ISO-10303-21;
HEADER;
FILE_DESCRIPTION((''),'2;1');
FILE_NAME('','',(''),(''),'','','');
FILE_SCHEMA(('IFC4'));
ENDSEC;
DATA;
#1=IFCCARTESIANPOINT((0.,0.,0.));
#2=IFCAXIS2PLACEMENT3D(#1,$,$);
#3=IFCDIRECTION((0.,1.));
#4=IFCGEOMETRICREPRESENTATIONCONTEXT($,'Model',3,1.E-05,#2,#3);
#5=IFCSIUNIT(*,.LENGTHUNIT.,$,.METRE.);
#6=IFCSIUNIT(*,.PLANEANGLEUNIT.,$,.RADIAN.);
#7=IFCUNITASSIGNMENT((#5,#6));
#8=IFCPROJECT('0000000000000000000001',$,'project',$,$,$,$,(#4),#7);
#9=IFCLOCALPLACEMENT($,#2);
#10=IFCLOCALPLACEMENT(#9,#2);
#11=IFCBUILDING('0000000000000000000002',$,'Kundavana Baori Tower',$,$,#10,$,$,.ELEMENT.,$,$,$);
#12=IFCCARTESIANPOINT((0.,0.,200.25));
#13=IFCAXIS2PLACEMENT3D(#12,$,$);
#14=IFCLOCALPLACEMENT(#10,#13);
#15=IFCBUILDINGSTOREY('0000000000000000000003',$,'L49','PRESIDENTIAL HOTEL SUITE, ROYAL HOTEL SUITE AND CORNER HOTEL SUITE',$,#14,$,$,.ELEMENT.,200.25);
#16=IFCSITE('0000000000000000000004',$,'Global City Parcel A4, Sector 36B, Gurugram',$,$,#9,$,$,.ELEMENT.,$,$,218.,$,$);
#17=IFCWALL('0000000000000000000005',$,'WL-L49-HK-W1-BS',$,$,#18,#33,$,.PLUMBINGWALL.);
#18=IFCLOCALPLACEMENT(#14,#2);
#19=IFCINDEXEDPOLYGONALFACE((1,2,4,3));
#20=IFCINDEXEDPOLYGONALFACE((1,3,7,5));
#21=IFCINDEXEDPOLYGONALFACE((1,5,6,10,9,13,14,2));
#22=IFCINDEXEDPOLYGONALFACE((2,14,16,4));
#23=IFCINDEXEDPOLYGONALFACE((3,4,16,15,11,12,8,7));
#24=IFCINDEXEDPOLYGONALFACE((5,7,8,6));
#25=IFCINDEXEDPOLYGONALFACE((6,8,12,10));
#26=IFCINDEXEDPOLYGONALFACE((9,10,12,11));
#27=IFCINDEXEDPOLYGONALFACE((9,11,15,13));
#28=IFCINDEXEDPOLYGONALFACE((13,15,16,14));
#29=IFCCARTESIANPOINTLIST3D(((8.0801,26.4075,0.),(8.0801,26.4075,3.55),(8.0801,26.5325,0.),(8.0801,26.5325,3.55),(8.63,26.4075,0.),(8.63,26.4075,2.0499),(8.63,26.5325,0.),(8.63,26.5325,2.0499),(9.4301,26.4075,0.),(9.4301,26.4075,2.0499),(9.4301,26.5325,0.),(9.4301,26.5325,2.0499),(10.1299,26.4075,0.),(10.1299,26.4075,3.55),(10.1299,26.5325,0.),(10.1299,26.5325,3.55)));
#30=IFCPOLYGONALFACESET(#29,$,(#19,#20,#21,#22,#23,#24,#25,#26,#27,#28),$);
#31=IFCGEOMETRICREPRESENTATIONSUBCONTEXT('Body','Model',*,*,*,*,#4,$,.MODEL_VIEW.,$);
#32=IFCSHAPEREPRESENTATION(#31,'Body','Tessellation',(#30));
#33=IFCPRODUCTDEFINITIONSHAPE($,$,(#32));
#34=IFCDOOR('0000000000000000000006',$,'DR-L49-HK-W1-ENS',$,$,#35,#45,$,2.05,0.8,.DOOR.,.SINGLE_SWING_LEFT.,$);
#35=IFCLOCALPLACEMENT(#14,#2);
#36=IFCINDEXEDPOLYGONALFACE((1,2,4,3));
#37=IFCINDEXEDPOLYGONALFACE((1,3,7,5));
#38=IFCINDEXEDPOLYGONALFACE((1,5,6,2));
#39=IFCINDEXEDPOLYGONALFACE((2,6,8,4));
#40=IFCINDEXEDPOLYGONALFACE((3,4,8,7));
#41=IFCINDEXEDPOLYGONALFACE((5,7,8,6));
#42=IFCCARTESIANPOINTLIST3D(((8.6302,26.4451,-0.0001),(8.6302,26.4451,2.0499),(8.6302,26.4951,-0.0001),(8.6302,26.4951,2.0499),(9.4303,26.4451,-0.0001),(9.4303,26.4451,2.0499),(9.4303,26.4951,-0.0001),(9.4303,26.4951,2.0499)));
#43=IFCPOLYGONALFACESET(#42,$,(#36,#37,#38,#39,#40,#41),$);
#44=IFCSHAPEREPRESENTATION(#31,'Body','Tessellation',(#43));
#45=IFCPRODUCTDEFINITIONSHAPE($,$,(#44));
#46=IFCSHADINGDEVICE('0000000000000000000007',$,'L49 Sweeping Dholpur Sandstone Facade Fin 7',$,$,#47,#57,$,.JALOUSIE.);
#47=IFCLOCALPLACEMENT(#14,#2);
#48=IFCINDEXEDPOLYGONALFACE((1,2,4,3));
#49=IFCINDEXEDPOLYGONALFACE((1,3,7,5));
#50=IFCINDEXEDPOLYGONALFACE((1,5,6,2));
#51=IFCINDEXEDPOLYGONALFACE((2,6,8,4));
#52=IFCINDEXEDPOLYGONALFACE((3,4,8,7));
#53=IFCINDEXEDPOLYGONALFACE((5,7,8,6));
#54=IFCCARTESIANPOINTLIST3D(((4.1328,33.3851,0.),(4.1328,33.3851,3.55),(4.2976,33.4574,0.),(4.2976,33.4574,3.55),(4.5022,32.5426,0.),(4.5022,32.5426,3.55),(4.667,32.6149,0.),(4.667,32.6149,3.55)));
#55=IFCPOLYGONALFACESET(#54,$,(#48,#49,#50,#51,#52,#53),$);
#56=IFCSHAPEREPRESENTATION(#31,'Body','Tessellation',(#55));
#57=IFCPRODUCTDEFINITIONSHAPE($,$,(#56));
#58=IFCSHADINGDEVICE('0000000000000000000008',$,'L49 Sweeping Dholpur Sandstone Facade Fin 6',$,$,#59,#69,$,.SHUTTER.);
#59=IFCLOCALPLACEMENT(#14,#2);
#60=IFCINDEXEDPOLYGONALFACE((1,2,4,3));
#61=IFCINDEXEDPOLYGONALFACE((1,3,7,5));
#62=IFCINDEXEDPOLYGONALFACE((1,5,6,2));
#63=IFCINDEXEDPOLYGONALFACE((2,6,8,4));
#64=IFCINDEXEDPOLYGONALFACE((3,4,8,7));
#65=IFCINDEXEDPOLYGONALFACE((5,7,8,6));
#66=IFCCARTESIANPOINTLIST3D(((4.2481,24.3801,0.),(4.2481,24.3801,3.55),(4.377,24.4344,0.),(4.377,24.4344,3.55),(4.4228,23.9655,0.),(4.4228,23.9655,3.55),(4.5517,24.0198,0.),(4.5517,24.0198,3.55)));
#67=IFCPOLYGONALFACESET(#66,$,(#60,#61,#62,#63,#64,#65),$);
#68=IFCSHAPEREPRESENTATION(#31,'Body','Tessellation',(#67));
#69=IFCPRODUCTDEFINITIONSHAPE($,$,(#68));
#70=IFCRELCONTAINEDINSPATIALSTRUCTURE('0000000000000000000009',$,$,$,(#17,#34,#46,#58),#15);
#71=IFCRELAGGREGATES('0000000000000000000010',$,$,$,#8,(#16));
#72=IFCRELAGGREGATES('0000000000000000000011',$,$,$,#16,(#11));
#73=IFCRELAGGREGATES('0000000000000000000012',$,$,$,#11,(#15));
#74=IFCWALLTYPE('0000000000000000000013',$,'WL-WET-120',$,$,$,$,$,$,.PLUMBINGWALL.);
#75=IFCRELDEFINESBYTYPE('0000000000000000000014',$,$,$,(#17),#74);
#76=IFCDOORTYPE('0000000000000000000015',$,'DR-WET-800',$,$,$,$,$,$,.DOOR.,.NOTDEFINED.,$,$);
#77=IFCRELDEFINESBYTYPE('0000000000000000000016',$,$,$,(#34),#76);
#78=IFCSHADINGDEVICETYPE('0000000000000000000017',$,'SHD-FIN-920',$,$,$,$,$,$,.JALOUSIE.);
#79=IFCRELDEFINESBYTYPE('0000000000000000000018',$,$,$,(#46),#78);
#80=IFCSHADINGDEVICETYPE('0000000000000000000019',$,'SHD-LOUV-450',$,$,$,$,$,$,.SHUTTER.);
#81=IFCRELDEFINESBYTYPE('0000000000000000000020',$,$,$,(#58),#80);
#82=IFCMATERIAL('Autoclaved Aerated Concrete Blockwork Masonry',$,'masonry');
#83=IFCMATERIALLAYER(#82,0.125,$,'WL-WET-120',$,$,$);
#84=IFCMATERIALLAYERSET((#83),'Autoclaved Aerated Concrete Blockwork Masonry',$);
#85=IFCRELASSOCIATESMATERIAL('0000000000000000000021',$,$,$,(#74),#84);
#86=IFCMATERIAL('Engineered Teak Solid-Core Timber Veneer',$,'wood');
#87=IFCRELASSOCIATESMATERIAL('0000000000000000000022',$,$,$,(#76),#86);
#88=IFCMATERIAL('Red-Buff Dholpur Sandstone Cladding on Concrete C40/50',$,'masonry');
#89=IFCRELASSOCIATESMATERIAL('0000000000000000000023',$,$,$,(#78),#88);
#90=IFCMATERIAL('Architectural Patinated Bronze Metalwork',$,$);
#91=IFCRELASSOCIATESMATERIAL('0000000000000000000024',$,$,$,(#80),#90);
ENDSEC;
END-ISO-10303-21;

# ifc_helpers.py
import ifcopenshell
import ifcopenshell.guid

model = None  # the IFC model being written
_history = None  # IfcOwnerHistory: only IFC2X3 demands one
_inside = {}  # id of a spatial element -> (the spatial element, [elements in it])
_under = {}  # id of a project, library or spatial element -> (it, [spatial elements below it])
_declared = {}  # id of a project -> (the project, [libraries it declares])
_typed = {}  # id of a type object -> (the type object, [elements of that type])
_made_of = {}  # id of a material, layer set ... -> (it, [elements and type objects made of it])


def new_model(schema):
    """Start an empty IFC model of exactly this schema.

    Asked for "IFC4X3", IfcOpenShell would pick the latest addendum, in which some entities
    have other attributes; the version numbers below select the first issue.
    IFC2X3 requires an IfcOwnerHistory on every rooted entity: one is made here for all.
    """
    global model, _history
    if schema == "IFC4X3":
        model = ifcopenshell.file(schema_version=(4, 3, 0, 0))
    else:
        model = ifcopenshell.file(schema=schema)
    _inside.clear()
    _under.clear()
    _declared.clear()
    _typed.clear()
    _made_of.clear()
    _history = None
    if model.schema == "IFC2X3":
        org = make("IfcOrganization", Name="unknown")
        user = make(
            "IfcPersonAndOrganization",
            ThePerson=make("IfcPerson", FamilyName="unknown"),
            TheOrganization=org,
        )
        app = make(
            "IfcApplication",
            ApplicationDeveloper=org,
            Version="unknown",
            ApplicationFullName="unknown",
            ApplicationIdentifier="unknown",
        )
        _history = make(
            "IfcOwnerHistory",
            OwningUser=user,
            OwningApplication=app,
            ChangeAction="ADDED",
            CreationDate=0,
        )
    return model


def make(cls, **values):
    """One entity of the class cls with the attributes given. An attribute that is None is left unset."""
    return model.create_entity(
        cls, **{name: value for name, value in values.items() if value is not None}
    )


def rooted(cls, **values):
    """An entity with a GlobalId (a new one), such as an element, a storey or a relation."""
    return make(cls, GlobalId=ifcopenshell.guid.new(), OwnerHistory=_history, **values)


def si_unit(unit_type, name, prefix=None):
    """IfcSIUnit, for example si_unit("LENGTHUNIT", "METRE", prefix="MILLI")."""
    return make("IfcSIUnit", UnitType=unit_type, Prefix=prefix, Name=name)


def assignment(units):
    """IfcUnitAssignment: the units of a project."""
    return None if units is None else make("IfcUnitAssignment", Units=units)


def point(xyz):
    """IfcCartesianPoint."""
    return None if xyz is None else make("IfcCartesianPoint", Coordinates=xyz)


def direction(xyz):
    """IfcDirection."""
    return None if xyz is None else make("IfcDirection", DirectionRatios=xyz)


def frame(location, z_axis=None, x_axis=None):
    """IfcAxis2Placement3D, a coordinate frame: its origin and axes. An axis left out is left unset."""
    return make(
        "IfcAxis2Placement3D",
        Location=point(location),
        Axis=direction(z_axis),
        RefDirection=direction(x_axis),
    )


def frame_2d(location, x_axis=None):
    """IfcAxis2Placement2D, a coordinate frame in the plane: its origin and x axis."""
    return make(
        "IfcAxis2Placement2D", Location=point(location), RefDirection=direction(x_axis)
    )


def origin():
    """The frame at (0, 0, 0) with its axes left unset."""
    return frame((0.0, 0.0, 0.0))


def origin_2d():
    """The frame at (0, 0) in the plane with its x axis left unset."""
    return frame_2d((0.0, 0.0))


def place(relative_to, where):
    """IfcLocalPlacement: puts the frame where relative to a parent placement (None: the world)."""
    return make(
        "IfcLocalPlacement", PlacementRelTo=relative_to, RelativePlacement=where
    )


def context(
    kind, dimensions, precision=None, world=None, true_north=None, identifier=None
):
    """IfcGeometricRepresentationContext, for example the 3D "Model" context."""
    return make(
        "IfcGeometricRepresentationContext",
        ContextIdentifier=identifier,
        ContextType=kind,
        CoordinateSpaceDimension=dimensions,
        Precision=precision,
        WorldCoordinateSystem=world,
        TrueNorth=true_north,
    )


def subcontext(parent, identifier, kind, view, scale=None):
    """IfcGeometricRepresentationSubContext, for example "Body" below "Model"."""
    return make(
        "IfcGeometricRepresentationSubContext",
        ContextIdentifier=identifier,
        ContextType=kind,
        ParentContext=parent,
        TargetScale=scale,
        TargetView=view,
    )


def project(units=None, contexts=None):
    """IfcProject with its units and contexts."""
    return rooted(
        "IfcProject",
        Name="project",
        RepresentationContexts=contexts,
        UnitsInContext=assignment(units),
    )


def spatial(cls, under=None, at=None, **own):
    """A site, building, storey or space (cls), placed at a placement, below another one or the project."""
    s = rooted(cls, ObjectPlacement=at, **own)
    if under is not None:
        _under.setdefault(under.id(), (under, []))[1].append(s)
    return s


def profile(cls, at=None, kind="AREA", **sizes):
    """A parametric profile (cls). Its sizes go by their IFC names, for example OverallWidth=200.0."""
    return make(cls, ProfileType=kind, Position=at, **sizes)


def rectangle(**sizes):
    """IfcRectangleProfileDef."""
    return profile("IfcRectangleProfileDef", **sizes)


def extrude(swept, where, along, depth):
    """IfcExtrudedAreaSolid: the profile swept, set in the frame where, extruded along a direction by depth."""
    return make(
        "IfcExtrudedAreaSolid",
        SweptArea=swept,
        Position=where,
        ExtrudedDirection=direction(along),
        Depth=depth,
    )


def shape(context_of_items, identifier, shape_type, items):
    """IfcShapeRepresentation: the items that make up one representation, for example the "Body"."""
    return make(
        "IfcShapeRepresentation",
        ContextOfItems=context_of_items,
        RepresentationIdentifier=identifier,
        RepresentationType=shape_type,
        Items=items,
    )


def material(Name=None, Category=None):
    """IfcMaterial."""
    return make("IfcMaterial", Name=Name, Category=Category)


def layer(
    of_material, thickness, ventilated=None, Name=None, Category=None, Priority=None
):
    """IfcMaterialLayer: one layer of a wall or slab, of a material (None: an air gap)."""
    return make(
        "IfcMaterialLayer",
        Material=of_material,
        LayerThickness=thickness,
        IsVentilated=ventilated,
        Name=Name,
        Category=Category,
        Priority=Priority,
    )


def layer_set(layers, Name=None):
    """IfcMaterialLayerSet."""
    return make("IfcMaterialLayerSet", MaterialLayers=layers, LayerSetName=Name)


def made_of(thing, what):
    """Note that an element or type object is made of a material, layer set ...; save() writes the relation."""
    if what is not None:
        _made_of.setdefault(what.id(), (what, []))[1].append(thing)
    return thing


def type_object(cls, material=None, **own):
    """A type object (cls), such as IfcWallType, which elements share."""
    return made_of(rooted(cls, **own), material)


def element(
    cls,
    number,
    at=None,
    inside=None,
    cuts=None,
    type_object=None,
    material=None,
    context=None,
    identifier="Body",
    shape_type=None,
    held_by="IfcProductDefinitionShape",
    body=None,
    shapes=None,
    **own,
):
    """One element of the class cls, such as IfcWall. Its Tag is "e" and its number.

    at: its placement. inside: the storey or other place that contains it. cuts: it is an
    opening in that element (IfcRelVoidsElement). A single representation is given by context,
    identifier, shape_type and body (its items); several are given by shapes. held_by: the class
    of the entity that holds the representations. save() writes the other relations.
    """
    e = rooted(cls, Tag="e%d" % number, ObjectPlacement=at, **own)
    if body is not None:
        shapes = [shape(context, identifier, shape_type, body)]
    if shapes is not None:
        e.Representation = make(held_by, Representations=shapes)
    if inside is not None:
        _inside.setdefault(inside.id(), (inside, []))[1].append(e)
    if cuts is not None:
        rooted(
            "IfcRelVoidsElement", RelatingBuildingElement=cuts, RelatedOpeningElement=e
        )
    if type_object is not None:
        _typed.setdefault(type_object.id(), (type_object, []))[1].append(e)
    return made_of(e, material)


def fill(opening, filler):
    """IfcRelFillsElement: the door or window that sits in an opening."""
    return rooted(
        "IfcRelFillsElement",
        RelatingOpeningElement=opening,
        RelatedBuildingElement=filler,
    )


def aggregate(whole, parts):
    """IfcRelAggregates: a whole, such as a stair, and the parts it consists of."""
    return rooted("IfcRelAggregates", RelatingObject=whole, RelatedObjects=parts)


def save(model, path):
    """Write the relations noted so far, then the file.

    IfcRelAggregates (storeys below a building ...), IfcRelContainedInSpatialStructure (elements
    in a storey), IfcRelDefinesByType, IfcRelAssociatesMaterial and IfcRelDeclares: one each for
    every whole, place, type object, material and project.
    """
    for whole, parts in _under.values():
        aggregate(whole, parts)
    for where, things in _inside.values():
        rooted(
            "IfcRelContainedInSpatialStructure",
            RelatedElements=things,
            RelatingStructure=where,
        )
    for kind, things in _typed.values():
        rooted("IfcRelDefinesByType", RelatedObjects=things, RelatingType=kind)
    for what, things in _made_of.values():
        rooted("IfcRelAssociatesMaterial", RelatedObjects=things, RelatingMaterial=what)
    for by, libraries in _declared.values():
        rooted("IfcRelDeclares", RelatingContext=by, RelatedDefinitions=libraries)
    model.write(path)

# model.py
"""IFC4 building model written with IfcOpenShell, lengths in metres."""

from ifc_helpers import new_model, si_unit, direction, frame, frame_2d, origin, origin_2d, place, context, subcontext, project, spatial, rectangle, extrude, material, layer, layer_set, type_object, element, fill, save


model = new_model("IFC4")

# Units and contexts
model_context = context("Model", 3, precision=1e-05, world=origin(), true_north=direction((0.0, 1.0)))
body_context = subcontext(model_context, "Body", "Model", "MODEL_VIEW")
ifc_project = project(units=[si_unit("LENGTHUNIT", "METRE"), si_unit("PLANEANGLEUNIT", "RADIAN")], contexts=[model_context])

# Site, building, storey
site_placement = place(None, origin())
site = spatial("IfcSite", under=ifc_project, at=site_placement, Name="Global City Parcel A4, Sector 36B, Gurugram", CompositionType="ELEMENT", RefElevation=218.0)
building_placement = place(site_placement, origin())
building = spatial("IfcBuilding", under=site, at=building_placement, Name="Kundavana Baori Tower", CompositionType="ELEMENT")
storey_placement = place(building_placement, frame((0.0, 0.0, 200.25)))
storey = spatial("IfcBuildingStorey", under=building, at=storey_placement, Name="L49", Description="PRESIDENTIAL HOTEL SUITE, ROYAL HOTEL SUITE AND CORNER HOTEL SUITE", CompositionType="ELEMENT", Elevation=200.25)

# Shared definitions
ifc_material_1 = material(Name="Autoclaved Aerated Concrete Blockwork Masonry", Category="masonry")
ifc_layer_1 = layer(ifc_material_1, 0.125, Name="WL-WET-120")
ifc_layer_set_1 = layer_set([ifc_layer_1], Name="Autoclaved Aerated Concrete Blockwork Masonry")
wall_type_1 = type_object("IfcWallType", Name="WL-WET-120", PredefinedType="PLUMBINGWALL", material=ifc_layer_set_1)

# Wall, opening, door
wall_1_placement = place(storey_placement, frame((8.0801, 26.47, 0.0), z_axis=(0.0, 0.0, 1.0), x_axis=(1.0, 0.0, 0.0)))
wall_1 = element("IfcWall", 1, at=wall_1_placement, inside=storey, type_object=wall_type_1, Name="WL-L49-HK-W1-BS", PredefinedType="PLUMBINGWALL", context=body_context, shape_type="SweptSolid", body=[
    extrude(rectangle(XDim=2.0498, YDim=0.125, at=frame_2d((1.0249, 0.0))), origin(), (0.0, 0.0, 1.0), 3.55),
])
opening_1_placement = place(wall_1_placement, frame((0.55, 0.0, 0.0)))
opening_1 = element("IfcOpeningElement", 2, at=opening_1_placement, cuts=wall_1, PredefinedType="OPENING", context=body_context, shape_type="SweptSolid", body=[
    extrude(rectangle(XDim=0.8, YDim=2.05, at=frame_2d((0.3999, 1.0249))), frame((0.0, 0.0725, 0.0), z_axis=(0.0, -1.0, 0.0), x_axis=(1.0, 0.0, 0.0)), (0.0, 0.0, 1.0), 0.145),
])
ifc_material_2 = material(Name="Engineered Teak Solid-Core Timber Veneer", Category="wood")
door_type_1 = type_object("IfcDoorType", Name="DR-WET-800", OperationType="NOTDEFINED", PredefinedType="DOOR", material=ifc_material_2)
door_1_placement = place(opening_1_placement, frame((0.8, 0.0, 0.0), z_axis=(0.0, 0.0, 1.0), x_axis=(-1.0, 0.0, 0.0)))
door_1 = element("IfcDoor", 3, at=door_1_placement, inside=storey, type_object=door_type_1, Name="DR-L49-HK-W1-ENS", OperationType="SINGLE_SWING_LEFT", OverallHeight=2.05, OverallWidth=0.8, PredefinedType="DOOR", context=body_context, shape_type="SweptSolid", body=[
    extrude(rectangle(XDim=0.8, YDim=2.05, at=frame_2d((0.3999, 1.0249))), frame((0.0, 0.0249, 0.0), z_axis=(0.0, -1.0, 0.0), x_axis=(1.0, 0.0, 0.0)), (0.0, 0.0, 1.0), 0.05),
])
fill(opening_1, door_1)

# Shading devices
ifc_material_3 = material(Name="Red-Buff Dholpur Sandstone Cladding on Concrete C40/50", Category="masonry")
shading_device_type_1 = type_object("IfcShadingDeviceType", Name="SHD-FIN-920", PredefinedType="JALOUSIE", material=ifc_material_3)
shading_device_1_placement = place(storey_placement, frame((4.3999, 33.0, 0.0), z_axis=(0.0, 0.0, 1.0), x_axis=(0.915803, 0.401628, 0.0)))
element("IfcShadingDevice", 4, at=shading_device_1_placement, inside=storey, type_object=shading_device_type_1, Name="L49 Sweeping Dholpur Sandstone Facade Fin 7", PredefinedType="JALOUSIE", context=body_context, shape_type="SweptSolid", body=[
    extrude(rectangle(XDim=0.1799, YDim=0.9199, at=origin_2d()), origin(), (0.0, 0.0, 1.0), 3.55),
])
ifc_material_4 = material(Name="Architectural Patinated Bronze Metalwork")
shading_device_type_2 = type_object("IfcShadingDeviceType", Name="SHD-LOUV-450", PredefinedType="SHUTTER", material=ifc_material_4)
shading_device_2_placement = place(storey_placement, frame((4.3999, 24.2, 0.0), z_axis=(0.0, 0.0, 1.0), x_axis=(0.921592, 0.388159, 0.0)))
element("IfcShadingDevice", 5, at=shading_device_2_placement, inside=storey, type_object=shading_device_type_2, Name="L49 Sweeping Dholpur Sandstone Facade Fin 6", PredefinedType="SHUTTER", context=body_context, shape_type="SweptSolid", body=[
    extrude(rectangle(XDim=0.1399, YDim=0.45, at=origin_2d()), origin(), (0.0, 0.0, 1.0), 3.55),
])

save(model, "model.ifc")
